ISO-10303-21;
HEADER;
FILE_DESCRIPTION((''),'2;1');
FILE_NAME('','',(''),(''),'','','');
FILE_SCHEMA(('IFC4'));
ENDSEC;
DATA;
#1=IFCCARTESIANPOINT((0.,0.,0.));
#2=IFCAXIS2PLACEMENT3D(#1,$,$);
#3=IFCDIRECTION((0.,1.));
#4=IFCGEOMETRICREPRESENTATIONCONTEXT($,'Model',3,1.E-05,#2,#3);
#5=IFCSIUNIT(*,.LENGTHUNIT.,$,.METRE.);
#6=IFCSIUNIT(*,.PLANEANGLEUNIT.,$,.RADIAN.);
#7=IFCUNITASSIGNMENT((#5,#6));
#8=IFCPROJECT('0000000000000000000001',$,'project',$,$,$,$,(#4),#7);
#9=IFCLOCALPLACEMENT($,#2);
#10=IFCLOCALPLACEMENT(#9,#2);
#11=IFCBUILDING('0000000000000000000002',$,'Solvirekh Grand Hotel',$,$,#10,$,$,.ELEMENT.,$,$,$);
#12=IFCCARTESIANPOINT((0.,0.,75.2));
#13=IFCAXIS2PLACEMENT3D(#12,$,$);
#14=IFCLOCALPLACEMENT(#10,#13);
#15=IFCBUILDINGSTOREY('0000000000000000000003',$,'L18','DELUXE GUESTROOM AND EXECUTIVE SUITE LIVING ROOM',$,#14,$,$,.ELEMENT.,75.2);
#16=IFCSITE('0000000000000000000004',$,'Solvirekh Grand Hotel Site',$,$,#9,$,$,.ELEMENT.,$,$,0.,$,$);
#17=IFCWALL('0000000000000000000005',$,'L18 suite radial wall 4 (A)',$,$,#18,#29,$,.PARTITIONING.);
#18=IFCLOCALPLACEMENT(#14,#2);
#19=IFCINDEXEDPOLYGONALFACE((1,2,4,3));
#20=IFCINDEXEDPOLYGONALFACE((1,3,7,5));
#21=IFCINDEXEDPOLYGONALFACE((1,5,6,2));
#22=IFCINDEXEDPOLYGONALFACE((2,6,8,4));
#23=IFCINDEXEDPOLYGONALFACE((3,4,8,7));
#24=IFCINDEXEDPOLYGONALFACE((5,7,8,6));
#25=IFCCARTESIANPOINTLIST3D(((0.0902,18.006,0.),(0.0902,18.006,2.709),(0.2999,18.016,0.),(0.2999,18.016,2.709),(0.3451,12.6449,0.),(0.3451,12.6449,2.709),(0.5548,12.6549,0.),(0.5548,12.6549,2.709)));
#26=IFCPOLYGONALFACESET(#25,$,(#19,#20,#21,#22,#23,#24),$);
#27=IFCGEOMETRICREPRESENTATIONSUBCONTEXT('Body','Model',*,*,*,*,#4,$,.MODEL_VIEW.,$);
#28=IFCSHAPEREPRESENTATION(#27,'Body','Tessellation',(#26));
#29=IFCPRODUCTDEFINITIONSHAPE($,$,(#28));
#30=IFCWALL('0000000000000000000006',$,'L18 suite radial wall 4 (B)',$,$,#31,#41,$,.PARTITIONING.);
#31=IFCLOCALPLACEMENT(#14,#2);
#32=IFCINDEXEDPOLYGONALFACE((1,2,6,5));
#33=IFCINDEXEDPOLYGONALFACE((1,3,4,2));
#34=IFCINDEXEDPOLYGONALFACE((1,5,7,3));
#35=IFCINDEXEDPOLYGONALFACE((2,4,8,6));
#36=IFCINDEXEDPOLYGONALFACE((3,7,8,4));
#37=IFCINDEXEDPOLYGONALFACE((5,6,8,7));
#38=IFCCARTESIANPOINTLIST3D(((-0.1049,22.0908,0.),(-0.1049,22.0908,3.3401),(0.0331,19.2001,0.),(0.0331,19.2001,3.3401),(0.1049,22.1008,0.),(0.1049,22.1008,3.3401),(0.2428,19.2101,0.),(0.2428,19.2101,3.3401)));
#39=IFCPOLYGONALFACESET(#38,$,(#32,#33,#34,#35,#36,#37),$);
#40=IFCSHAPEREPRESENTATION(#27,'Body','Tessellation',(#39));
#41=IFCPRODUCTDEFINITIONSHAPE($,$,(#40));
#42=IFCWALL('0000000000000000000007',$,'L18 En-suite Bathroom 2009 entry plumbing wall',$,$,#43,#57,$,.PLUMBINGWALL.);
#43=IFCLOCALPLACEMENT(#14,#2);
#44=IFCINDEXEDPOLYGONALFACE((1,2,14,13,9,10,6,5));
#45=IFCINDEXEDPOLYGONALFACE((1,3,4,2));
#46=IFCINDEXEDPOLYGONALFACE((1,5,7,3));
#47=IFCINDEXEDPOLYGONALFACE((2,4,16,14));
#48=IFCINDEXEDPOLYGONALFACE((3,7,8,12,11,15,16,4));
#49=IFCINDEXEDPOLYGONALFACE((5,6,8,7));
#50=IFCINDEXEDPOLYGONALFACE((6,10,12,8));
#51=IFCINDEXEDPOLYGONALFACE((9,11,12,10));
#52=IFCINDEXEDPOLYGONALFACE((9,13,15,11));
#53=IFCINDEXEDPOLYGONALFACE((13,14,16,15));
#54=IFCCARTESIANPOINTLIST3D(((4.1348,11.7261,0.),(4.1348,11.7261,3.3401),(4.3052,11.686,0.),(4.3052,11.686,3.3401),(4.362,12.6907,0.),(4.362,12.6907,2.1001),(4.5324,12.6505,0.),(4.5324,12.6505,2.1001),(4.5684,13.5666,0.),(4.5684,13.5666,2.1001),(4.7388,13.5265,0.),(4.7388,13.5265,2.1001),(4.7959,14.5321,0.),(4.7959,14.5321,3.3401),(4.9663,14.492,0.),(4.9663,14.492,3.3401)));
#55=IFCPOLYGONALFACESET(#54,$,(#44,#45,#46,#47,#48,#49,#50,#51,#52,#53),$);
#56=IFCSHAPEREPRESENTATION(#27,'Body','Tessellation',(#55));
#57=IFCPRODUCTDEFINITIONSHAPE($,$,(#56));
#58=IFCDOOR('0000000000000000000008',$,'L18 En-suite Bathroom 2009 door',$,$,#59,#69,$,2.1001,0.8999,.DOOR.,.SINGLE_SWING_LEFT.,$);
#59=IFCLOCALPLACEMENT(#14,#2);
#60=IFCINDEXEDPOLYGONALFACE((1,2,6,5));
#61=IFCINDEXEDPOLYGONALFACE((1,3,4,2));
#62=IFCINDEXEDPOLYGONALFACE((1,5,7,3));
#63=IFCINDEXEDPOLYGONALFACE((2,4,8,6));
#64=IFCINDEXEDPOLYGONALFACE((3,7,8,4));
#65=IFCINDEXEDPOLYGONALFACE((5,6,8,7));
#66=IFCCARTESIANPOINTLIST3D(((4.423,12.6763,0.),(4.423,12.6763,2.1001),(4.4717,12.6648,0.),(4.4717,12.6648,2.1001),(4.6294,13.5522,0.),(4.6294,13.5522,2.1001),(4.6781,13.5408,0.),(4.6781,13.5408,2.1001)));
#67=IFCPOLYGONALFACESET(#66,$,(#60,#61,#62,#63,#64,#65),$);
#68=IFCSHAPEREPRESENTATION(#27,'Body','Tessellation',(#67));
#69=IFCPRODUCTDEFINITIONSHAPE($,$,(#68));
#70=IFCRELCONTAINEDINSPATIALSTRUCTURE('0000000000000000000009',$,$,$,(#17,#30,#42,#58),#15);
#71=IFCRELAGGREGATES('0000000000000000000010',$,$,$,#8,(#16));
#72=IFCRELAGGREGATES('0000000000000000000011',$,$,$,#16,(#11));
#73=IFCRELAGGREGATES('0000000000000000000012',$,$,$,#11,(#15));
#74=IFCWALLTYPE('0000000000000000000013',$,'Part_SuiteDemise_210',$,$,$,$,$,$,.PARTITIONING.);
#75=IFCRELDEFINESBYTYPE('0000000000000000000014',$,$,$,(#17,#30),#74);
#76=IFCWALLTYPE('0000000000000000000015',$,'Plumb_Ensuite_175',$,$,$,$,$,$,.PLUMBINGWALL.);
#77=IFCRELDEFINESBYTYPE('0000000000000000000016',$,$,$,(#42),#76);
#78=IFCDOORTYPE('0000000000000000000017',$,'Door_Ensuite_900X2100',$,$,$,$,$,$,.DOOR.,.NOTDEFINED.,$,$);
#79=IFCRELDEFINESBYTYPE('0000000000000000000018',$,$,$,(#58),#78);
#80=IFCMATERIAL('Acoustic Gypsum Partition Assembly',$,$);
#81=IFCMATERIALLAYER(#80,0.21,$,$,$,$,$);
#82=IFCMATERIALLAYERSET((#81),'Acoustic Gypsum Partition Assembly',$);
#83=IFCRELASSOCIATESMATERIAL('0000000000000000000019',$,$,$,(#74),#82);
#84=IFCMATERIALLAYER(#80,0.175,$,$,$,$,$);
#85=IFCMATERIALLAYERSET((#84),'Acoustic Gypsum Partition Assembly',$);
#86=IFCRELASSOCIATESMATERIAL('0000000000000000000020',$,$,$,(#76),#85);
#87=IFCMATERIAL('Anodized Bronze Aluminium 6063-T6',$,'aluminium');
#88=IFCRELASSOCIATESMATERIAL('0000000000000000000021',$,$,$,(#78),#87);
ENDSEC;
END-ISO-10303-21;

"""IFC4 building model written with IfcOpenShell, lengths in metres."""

from ifc_helpers import new_model, si_unit, direction, frame, frame_2d, origin, place, context, subcontext, project, spatial, rectangle, extrude, material, layer, layer_set, type_object, element, fill, save


model = new_model("IFC4")

# Units and contexts
model_context = context("Model", 3, precision=1e-05, world=origin(), true_north=direction((0.0, 1.0)))
body_context = subcontext(model_context, "Body", "Model", "MODEL_VIEW")
ifc_project = project(units=[si_unit("LENGTHUNIT", "METRE"), si_unit("PLANEANGLEUNIT", "RADIAN")], contexts=[model_context])

# Site, building, storey
site_placement = place(None, origin())
site = spatial("IfcSite", under=ifc_project, at=site_placement, Name="Solvirekh Grand Hotel Site", CompositionType="ELEMENT", RefElevation=0.0)
building_placement = place(site_placement, origin())
building = spatial("IfcBuilding", under=site, at=building_placement, Name="Solvirekh Grand Hotel", CompositionType="ELEMENT")
storey_placement = place(building_placement, frame((0.0, 0.0, 75.2)))
storey = spatial("IfcBuildingStorey", under=building, at=storey_placement, Name="L18", Description="DELUXE GUESTROOM AND EXECUTIVE SUITE LIVING ROOM", CompositionType="ELEMENT", Elevation=75.2)

# Shared definitions
ifc_material_1 = material(Name="Anodized Bronze Aluminium 6063-T6", Category="aluminium")

# Shared definitions
ifc_material_2 = material(Name="Acoustic Gypsum Partition Assembly")

# Walls
ifc_layer_1 = layer(ifc_material_2, 0.21)
ifc_layer_set_1 = layer_set([ifc_layer_1], Name="Acoustic Gypsum Partition Assembly")
wall_type_1 = type_object("IfcWallType", Name="Part_SuiteDemise_210", PredefinedType="PARTITIONING", material=ifc_layer_set_1)
wall_1_placement = place(storey_placement, frame((0.45, 12.6499, 0.0), z_axis=(0.0, 0.0, 1.0), x_axis=(-0.04749, 0.998872, 0.0)))
element("IfcWall", 1, at=wall_1_placement, inside=storey, type_object=wall_type_1, Name="L18 suite radial wall 4 (A)", PredefinedType="PARTITIONING", context=body_context, shape_type="SweptSolid", body=[
    extrude(rectangle(XDim=5.3672, YDim=0.21, at=frame_2d((2.6836, 0.0))), origin(), (0.0, 0.0, 1.0), 2.709),
])
wall_2_placement = place(storey_placement, frame((0.1379, 19.2051, 0.0), z_axis=(0.0, 0.0, 1.0), x_axis=(-0.047661, 0.998864, 0.0)))
element("IfcWall", 2, at=wall_2_placement, inside=storey, type_object=wall_type_1, Name="L18 suite radial wall 4 (B)", PredefinedType="PARTITIONING", context=body_context, shape_type="SweptSolid", body=[
    extrude(rectangle(XDim=2.894, YDim=0.21, at=frame_2d((1.447, 0.0))), origin(), (0.0, 0.0, 1.0), 3.3401),
])

# Wall, opening, door
ifc_layer_2 = layer(ifc_material_2, 0.175)
ifc_layer_set_2 = layer_set([ifc_layer_2], Name="Acoustic Gypsum Partition Assembly")
wall_type_2 = type_object("IfcWallType", Name="Plumb_Ensuite_175", PredefinedType="PLUMBINGWALL", material=ifc_layer_set_2)
wall_3_placement = place(storey_placement, frame((4.22, 11.7061, 0.0), z_axis=(0.0, 0.0, 1.0), x_axis=(0.229341, 0.973346, 0.0)))
wall_3 = element("IfcWall", 3, at=wall_3_placement, inside=storey, type_object=wall_type_2, Name="L18 En-suite Bathroom 2009 entry plumbing wall", PredefinedType="PLUMBINGWALL", context=body_context, shape_type="SweptSolid", body=[
    extrude(rectangle(XDim=2.8828, YDim=0.175, at=frame_2d((1.4414, 0.0))), origin(), (0.0, 0.0, 1.0), 3.3401),
])
opening_1_placement = place(wall_3_placement, frame((0.991, 0.0, 0.0)))
opening_1 = element("IfcOpeningElement", 4, at=opening_1_placement, cuts=wall_3, PredefinedType="OPENING", context=body_context, shape_type="SweptSolid", body=[
    extrude(rectangle(XDim=0.8999, YDim=2.1001, at=frame_2d((0.45, 1.05))), frame((0.0, 0.0977, 0.0), z_axis=(0.0, -1.0, 0.0), x_axis=(1.0, 0.0, 0.0)), (0.0, 0.0, 1.0), 0.1951),
])
door_type_1 = type_object("IfcDoorType", Name="Door_Ensuite_900X2100", OperationType="NOTDEFINED", PredefinedType="DOOR", material=ifc_material_1)
door_1_placement = place(opening_1_placement, origin())
door_1 = element("IfcDoor", 5, at=door_1_placement, inside=storey, type_object=door_type_1, Name="L18 En-suite Bathroom 2009 door", OperationType="SINGLE_SWING_LEFT", OverallHeight=2.1001, OverallWidth=0.8999, PredefinedType="DOOR", context=body_context, shape_type="SweptSolid", body=[
    extrude(rectangle(XDim=0.8999, YDim=2.1001, at=frame_2d((0.45, 1.05))), frame((0.0, 0.0249, 0.0), z_axis=(0.0, -1.0, 0.0), x_axis=(1.0, 0.0, 0.0)), (0.0, 0.0, 1.0), 0.05),
])
fill(opening_1, door_1)

save(model, "model.ifc")
